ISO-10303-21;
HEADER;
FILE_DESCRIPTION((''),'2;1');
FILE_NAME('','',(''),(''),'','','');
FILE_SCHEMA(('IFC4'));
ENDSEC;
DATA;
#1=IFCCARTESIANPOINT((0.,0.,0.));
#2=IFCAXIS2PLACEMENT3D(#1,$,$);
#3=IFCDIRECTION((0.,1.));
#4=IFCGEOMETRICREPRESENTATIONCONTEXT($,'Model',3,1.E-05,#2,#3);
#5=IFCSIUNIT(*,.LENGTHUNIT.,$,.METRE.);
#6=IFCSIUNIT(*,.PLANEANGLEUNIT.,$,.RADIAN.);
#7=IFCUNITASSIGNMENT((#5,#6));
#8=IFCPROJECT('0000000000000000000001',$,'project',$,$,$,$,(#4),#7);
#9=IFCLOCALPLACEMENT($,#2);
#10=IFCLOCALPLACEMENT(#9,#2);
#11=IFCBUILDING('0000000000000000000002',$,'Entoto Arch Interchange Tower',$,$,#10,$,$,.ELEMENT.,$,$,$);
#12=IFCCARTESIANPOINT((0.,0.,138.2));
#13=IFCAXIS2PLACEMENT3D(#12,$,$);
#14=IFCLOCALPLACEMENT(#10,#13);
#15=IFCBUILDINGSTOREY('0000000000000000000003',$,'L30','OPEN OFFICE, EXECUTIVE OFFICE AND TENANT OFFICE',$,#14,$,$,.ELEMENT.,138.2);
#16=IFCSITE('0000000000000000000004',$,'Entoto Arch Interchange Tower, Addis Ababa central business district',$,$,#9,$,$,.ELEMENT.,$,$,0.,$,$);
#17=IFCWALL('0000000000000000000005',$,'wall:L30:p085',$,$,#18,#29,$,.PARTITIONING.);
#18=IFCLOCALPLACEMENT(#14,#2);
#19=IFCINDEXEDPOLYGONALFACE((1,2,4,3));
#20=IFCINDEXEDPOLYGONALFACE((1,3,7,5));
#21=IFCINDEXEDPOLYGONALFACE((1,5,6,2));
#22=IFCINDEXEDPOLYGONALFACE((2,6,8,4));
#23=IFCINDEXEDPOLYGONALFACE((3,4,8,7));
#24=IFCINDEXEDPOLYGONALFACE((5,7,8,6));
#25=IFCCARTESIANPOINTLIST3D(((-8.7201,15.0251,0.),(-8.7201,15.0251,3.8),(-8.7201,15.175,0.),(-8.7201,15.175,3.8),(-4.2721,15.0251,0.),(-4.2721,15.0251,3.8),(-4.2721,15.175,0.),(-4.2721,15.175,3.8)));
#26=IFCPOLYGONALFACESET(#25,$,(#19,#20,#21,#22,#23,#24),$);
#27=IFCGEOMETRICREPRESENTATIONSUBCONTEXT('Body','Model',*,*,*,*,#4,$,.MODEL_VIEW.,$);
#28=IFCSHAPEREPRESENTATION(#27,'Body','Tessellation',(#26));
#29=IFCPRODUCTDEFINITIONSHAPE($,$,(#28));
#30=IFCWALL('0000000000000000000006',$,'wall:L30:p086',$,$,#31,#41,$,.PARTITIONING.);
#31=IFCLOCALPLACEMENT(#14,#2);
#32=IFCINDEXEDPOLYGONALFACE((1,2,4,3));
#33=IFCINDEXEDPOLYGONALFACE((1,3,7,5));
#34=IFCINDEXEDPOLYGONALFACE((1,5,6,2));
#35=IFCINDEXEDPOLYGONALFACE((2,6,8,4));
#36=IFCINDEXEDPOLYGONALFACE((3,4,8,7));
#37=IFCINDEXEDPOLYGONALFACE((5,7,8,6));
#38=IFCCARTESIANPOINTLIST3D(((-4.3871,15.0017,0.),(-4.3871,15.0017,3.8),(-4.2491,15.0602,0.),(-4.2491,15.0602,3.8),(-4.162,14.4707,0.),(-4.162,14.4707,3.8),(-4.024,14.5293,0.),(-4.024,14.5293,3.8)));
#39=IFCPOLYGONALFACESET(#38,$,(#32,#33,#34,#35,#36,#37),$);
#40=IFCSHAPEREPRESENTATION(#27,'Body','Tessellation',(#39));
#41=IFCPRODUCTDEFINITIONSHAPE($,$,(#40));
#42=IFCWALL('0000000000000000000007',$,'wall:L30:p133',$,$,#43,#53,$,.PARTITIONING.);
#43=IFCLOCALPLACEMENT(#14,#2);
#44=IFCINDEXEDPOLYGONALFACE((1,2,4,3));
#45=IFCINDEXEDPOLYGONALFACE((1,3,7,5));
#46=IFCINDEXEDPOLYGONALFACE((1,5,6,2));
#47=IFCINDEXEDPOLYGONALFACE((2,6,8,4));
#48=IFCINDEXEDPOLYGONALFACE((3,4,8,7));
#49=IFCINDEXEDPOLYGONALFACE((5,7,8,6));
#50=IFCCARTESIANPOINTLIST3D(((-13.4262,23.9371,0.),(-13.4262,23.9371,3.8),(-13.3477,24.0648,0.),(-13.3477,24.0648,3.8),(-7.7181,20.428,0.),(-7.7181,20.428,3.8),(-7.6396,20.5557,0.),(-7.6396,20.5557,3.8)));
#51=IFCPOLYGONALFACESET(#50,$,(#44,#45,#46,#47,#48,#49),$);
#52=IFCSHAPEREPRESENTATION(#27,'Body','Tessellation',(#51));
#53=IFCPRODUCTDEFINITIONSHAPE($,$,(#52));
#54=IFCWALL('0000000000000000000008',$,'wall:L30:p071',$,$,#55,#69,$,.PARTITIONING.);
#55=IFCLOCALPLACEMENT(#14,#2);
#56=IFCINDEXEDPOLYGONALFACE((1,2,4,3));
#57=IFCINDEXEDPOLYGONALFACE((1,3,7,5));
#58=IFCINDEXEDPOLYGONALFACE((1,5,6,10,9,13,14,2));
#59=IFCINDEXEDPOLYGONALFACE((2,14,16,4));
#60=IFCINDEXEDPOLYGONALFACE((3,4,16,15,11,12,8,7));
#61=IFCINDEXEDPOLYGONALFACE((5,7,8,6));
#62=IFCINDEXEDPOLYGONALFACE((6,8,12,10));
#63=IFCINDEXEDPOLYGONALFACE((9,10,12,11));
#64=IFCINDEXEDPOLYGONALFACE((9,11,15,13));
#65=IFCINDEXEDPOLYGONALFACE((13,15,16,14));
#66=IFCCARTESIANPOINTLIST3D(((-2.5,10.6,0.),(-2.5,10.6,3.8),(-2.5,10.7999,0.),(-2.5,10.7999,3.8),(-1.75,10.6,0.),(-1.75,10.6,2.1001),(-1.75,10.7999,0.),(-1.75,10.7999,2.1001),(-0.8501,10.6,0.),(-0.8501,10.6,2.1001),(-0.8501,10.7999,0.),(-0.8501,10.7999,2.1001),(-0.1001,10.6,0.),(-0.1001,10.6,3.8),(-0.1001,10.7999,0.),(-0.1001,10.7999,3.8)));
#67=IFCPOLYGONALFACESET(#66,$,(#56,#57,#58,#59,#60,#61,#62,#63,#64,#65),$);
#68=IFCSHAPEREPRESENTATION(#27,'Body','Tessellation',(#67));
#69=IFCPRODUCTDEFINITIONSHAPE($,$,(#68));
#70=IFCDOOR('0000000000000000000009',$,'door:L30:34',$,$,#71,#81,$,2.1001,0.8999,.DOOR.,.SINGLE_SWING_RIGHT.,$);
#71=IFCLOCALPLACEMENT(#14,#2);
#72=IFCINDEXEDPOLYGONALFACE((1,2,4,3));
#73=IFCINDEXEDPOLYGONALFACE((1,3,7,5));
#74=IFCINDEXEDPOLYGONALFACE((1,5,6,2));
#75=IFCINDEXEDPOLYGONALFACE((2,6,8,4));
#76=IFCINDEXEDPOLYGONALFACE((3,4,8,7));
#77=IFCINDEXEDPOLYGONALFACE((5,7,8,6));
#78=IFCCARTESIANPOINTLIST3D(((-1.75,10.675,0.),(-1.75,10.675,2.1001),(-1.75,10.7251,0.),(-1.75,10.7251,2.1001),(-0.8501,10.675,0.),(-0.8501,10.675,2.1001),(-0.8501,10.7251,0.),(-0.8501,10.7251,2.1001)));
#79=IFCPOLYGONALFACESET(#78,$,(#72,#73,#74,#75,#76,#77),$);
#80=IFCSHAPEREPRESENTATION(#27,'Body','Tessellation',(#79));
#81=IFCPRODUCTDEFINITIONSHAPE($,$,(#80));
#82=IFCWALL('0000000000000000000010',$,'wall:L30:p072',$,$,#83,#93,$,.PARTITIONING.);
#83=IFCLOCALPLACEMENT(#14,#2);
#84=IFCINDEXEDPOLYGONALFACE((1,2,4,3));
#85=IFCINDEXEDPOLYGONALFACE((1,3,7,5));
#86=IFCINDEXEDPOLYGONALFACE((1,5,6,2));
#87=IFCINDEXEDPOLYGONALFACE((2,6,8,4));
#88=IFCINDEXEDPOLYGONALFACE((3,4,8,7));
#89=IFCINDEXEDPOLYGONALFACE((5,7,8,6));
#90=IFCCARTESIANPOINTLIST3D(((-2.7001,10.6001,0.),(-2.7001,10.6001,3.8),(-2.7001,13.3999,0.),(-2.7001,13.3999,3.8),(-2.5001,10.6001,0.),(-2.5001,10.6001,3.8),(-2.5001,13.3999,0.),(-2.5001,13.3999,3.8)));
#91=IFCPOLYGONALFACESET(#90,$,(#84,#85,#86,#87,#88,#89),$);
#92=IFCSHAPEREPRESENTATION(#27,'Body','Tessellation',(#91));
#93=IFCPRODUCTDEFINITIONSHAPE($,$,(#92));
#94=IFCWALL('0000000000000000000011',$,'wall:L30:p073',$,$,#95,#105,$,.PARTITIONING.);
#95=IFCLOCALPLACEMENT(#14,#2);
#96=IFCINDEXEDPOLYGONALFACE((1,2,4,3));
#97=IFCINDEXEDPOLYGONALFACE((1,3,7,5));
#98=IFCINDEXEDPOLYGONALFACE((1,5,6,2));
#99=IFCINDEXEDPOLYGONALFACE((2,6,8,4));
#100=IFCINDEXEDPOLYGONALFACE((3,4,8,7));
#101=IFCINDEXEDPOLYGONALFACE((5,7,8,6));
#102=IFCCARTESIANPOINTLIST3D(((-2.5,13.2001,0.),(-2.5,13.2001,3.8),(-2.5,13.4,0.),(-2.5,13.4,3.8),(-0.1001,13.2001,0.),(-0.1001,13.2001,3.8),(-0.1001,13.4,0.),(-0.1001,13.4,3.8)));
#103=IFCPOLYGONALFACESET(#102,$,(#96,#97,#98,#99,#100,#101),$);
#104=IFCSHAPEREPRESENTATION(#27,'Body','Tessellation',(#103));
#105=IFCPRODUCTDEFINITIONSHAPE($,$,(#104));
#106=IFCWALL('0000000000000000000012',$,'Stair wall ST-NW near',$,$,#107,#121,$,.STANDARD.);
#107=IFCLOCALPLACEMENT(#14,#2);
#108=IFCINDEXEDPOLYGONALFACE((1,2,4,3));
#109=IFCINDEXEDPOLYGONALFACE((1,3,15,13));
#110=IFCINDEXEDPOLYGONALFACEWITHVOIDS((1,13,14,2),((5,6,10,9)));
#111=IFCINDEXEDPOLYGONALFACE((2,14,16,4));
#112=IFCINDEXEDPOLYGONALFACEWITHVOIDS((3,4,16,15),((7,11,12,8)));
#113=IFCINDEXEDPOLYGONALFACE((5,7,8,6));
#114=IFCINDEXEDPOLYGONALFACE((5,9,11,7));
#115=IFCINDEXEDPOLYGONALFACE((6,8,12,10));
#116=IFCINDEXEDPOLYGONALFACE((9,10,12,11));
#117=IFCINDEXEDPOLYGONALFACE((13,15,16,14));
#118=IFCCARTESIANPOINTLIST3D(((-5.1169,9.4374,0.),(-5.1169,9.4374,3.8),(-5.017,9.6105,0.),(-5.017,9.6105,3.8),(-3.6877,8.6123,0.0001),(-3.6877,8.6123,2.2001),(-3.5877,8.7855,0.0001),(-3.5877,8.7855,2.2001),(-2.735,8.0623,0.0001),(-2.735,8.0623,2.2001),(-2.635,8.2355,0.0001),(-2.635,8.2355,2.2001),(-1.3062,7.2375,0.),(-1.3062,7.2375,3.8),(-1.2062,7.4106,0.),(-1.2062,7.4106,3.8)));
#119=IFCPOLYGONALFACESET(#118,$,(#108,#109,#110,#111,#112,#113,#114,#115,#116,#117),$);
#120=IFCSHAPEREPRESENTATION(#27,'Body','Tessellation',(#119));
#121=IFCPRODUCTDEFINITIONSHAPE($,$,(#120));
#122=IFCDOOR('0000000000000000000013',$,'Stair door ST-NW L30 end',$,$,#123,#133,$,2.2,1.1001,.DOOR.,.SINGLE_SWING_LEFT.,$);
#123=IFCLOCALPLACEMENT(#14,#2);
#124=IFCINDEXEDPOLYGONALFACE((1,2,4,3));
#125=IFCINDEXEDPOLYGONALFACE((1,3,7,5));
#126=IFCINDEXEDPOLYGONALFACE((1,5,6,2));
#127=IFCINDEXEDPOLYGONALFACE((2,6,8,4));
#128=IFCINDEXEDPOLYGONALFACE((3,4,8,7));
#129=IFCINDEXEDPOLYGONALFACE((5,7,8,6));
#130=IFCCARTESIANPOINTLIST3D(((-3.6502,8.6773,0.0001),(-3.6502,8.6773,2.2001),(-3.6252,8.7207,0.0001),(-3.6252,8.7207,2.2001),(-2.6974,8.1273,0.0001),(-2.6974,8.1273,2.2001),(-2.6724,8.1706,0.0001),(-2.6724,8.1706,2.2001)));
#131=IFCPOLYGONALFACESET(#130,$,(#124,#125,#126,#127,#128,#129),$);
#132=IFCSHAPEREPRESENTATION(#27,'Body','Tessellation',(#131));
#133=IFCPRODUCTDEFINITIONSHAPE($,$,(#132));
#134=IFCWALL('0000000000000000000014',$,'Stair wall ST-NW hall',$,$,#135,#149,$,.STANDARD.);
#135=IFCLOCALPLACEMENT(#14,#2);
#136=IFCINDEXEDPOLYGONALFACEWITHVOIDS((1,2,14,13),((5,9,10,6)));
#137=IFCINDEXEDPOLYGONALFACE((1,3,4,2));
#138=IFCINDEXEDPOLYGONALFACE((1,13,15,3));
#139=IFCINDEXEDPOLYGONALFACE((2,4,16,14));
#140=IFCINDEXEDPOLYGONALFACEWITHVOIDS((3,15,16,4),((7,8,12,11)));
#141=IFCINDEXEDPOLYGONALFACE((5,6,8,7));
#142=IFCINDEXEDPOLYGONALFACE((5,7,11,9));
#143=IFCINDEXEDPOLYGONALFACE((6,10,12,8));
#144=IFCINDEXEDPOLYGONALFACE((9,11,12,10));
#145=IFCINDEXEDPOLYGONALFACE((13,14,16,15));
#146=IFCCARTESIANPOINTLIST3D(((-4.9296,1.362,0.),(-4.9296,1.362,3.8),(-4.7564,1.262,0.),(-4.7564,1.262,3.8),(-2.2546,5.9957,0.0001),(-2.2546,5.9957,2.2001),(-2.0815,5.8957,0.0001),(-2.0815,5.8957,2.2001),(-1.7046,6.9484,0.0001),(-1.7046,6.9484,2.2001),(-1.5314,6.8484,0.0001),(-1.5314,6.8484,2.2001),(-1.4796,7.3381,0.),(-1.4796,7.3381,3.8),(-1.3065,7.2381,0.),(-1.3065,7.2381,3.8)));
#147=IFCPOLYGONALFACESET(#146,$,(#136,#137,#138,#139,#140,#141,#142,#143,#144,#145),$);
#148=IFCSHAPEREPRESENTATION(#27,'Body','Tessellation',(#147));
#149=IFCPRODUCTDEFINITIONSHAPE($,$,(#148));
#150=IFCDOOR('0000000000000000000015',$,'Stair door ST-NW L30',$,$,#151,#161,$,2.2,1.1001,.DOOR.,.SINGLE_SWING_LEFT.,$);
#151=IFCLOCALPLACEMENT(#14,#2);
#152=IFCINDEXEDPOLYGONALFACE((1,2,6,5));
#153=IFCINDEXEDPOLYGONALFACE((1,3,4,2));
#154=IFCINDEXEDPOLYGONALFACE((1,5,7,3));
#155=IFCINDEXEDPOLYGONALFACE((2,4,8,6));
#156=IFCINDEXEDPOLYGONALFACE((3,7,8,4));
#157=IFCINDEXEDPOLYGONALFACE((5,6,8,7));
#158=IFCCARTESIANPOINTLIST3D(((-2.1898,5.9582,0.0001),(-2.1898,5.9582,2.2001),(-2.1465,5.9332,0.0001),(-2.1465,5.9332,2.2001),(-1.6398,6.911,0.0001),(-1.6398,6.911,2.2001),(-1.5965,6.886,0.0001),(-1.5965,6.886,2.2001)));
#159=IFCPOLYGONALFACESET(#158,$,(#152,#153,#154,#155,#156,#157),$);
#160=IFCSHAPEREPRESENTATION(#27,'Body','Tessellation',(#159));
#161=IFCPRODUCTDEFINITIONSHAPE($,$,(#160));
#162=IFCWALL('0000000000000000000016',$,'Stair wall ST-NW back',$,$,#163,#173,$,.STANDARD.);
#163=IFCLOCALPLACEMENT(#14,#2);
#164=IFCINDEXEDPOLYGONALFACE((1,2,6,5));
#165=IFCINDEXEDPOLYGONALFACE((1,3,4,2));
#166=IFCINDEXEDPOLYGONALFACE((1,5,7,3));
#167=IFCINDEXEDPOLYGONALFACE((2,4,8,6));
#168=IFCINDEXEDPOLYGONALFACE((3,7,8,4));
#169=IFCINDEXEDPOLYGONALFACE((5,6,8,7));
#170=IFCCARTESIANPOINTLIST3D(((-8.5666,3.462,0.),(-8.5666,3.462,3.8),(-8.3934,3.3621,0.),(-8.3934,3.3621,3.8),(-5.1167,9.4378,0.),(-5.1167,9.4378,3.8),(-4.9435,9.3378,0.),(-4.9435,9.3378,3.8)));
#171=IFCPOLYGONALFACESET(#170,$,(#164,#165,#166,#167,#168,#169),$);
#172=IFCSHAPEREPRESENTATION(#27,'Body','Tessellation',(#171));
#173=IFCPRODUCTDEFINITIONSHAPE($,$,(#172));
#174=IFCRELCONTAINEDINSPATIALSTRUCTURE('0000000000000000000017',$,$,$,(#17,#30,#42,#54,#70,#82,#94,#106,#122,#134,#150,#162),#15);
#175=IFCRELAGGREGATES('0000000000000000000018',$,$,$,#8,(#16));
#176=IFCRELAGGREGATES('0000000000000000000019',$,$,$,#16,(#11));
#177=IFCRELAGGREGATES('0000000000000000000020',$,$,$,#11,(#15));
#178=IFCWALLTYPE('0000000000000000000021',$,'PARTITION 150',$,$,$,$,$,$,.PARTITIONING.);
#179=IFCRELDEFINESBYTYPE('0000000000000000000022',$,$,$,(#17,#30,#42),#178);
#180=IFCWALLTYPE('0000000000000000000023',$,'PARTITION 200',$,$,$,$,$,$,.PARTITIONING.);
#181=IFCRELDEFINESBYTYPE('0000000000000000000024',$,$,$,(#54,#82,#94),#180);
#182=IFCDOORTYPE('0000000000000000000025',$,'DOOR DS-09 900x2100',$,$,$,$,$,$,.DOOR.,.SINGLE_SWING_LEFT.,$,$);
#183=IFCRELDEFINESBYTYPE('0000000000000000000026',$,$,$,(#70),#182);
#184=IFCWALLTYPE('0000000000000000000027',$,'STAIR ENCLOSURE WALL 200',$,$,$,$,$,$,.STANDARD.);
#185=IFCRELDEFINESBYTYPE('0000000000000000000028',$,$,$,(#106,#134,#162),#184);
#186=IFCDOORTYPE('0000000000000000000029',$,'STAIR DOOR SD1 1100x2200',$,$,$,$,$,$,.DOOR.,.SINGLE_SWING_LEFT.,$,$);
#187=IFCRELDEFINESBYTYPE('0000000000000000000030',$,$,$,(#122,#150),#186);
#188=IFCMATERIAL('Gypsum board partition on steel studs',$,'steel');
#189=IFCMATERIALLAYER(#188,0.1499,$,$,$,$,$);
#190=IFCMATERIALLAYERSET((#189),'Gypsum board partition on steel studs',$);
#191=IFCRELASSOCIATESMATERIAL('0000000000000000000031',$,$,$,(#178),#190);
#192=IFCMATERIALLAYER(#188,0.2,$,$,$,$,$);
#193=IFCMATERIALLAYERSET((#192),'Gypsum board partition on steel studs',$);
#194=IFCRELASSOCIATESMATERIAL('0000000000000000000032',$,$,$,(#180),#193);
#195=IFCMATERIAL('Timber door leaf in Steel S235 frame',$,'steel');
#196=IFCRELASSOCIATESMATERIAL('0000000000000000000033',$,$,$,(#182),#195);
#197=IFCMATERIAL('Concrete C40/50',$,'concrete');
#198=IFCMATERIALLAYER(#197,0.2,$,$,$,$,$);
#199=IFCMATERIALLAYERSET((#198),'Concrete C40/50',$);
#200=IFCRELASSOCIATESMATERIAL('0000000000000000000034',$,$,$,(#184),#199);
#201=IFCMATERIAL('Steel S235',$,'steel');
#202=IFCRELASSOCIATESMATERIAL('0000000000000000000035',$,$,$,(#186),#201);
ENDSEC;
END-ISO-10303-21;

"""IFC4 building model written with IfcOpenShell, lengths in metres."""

from ifc_helpers import new_model, si_unit, direction, frame, frame_2d, origin, place, context, subcontext, project, spatial, rectangle, extrude, material, layer, layer_set, type_object, element, fill, save


model = new_model("IFC4")

# Units and contexts
model_context = context("Model", 3, precision=1e-05, world=origin(), true_north=direction((0.0, 1.0)))
body_context = subcontext(model_context, "Body", "Model", "MODEL_VIEW")
ifc_project = project(units=[si_unit("LENGTHUNIT", "METRE"), si_unit("PLANEANGLEUNIT", "RADIAN")], contexts=[model_context])

# Site, building, storey
site_placement = place(None, origin())
site = spatial("IfcSite", under=ifc_project, at=site_placement, Name="Entoto Arch Interchange Tower, Addis Ababa central business district", CompositionType="ELEMENT", RefElevation=0.0)
building_placement = place(site_placement, origin())
building = spatial("IfcBuilding", under=site, at=building_placement, Name="Entoto Arch Interchange Tower", CompositionType="ELEMENT")
storey_placement = place(building_placement, frame((0.0, 0.0, 138.2)))
storey = spatial("IfcBuildingStorey", under=building, at=storey_placement, Name="L30", Description="OPEN OFFICE, EXECUTIVE OFFICE AND TENANT OFFICE", CompositionType="ELEMENT", Elevation=138.2)

# Walls
ifc_material_1 = material(Name="Gypsum board partition on steel studs", Category="steel")
ifc_layer_1 = layer(ifc_material_1, 0.1499)
ifc_layer_set_1 = layer_set([ifc_layer_1], Name="Gypsum board partition on steel studs")
wall_type_1 = type_object("IfcWallType", Name="PARTITION 150", PredefinedType="PARTITIONING", material=ifc_layer_set_1)
wall_1_placement = place(storey_placement, frame((-4.272, 15.1001, 0.0), z_axis=(0.0, 0.0, 1.0), x_axis=(-1.0, 0.0, 0.0)))
element("IfcWall", 1, at=wall_1_placement, inside=storey, type_object=wall_type_1, Name="wall:L30:p085", PredefinedType="PARTITIONING", context=body_context, shape_type="SweptSolid", body=[
    extrude(rectangle(XDim=4.448, YDim=0.1499, at=frame_2d((2.2241, 0.0))), origin(), (0.0, 0.0, 1.0), 3.8),
])
wall_2_placement = place(storey_placement, frame((-4.093, 14.5, 0.0), z_axis=(0.0, 0.0, 1.0), x_axis=(-0.390289, 0.920692, 0.0)))
element("IfcWall", 2, at=wall_2_placement, inside=storey, type_object=wall_type_1, Name="wall:L30:p086", PredefinedType="PARTITIONING", context=body_context, shape_type="SweptSolid", body=[
    extrude(rectangle(XDim=0.5767, YDim=0.1499, at=frame_2d((0.2883, 0.0))), origin(), (0.0, 0.0, 1.0), 3.8),
])
wall_3_placement = place(storey_placement, frame((-7.679, 20.4919, 0.0), z_axis=(0.0, 0.0, 1.0), x_axis=(-0.851897, 0.523709, 0.0)))
element("IfcWall", 3, at=wall_3_placement, inside=storey, type_object=wall_type_1, Name="wall:L30:p133", PredefinedType="PARTITIONING", context=body_context, shape_type="SweptSolid", body=[
    extrude(rectangle(XDim=6.7004, YDim=0.1499, at=frame_2d((3.3501, 0.0))), origin(), (0.0, 0.0, 1.0), 3.8),
])

# Wall, opening, door
ifc_layer_2 = layer(ifc_material_1, 0.2)
ifc_layer_set_2 = layer_set([ifc_layer_2], Name="Gypsum board partition on steel studs")
wall_type_2 = type_object("IfcWallType", Name="PARTITION 200", PredefinedType="PARTITIONING", material=ifc_layer_set_2)
wall_4_placement = place(storey_placement, frame((-0.1001, 10.7, 0.0), z_axis=(0.0, 0.0, 1.0), x_axis=(-1.0, 0.0, 0.0)))
wall_4 = element("IfcWall", 4, at=wall_4_placement, inside=storey, type_object=wall_type_2, Name="wall:L30:p071", PredefinedType="PARTITIONING", context=body_context, shape_type="SweptSolid", body=[
    extrude(rectangle(XDim=2.3999, YDim=0.2, at=frame_2d((1.2, 0.0))), origin(), (0.0, 0.0, 1.0), 3.8),
])
opening_1_placement = place(wall_4_placement, frame((0.75, 0.0, 0.0)))
opening_1 = element("IfcOpeningElement", 5, at=opening_1_placement, cuts=wall_4, PredefinedType="OPENING", context=body_context, shape_type="SweptSolid", body=[
    extrude(rectangle(XDim=0.8999, YDim=2.1001, at=frame_2d((0.45, 1.05))), frame((0.0, 0.1099, 0.0), z_axis=(0.0, -1.0, 0.0), x_axis=(1.0, 0.0, 0.0)), (0.0, 0.0, 1.0), 0.22),
])
ifc_material_2 = material(Name="Timber door leaf in Steel S235 frame", Category="steel")
door_type_1 = type_object("IfcDoorType", Name="DOOR DS-09 900x2100", OperationType="SINGLE_SWING_LEFT", PredefinedType="DOOR", material=ifc_material_2)
door_1_placement = place(opening_1_placement, origin())
door_1 = element("IfcDoor", 6, at=door_1_placement, inside=storey, type_object=door_type_1, Name="door:L30:34", OperationType="SINGLE_SWING_RIGHT", OverallHeight=2.1001, OverallWidth=0.8999, PredefinedType="DOOR", context=body_context, shape_type="SweptSolid", body=[
    extrude(rectangle(XDim=0.8999, YDim=2.1001, at=frame_2d((0.45, 1.05))), frame((0.0, 0.0249, 0.0), z_axis=(0.0, -1.0, 0.0), x_axis=(1.0, 0.0, 0.0)), (0.0, 0.0, 1.0), 0.05),
])
fill(opening_1, door_1)

# Walls
wall_5_placement = place(storey_placement, frame((-2.6001, 10.6001, 0.0), z_axis=(0.0, 0.0, 1.0), x_axis=(0.0, 1.0, 0.0)))
element("IfcWall", 7, at=wall_5_placement, inside=storey, type_object=wall_type_2, Name="wall:L30:p072", PredefinedType="PARTITIONING", context=body_context, shape_type="SweptSolid", body=[
    extrude(rectangle(XDim=2.7998, YDim=0.2, at=frame_2d((1.3999, 0.0))), origin(), (0.0, 0.0, 1.0), 3.8),
])
wall_6_placement = place(storey_placement, frame((-2.5, 13.3, 0.0), z_axis=(0.0, 0.0, 1.0), x_axis=(1.0, 0.0, 0.0)))
element("IfcWall", 8, at=wall_6_placement, inside=storey, type_object=wall_type_2, Name="wall:L30:p073", PredefinedType="PARTITIONING", context=body_context, shape_type="SweptSolid", body=[
    extrude(rectangle(XDim=2.3999, YDim=0.2, at=frame_2d((1.2, 0.0))), origin(), (0.0, 0.0, 1.0), 3.8),
])

# Walls, openings, doors
ifc_material_3 = material(Name="Concrete C40/50", Category="concrete")
ifc_layer_3 = layer(ifc_material_3, 0.2)
ifc_layer_set_3 = layer_set([ifc_layer_3], Name="Concrete C40/50")
wall_type_3 = type_object("IfcWallType", Name="STAIR ENCLOSURE WALL 200", PredefinedType="STANDARD", material=ifc_layer_set_3)
wall_7_placement = place(storey_placement, frame((-1.2561, 7.324, 0.0), z_axis=(0.0, 0.0, 1.0), x_axis=(-0.866046, 0.499964, 0.0)))
wall_7 = element("IfcWall", 9, at=wall_7_placement, inside=storey, type_object=wall_type_3, Name="Stair wall ST-NW near", PredefinedType="STANDARD", context=body_context, shape_type="SweptSolid", body=[
    extrude(rectangle(XDim=4.4001, YDim=0.2, at=frame_2d((2.2002, 0.0))), origin(), (0.0, 0.0, 1.0), 3.8),
])
opening_2_placement = place(wall_7_placement, frame((1.6499, 0.0, 0.0)))
opening_2 = element("IfcOpeningElement", 10, at=opening_2_placement, cuts=wall_7, PredefinedType="OPENING", context=body_context, shape_type="SweptSolid", body=[
    extrude(rectangle(XDim=1.1001, YDim=2.2, at=frame_2d((0.55, 1.1001))), frame((0.0, 0.1099, 0.0), z_axis=(0.0, -1.0, 0.0), x_axis=(1.0, 0.0, 0.0)), (0.0, 0.0, 1.0), 0.22),
])
ifc_material_4 = material(Name="Steel S235", Category="steel")
door_type_2 = type_object("IfcDoorType", Name="STAIR DOOR SD1 1100x2200", OperationType="SINGLE_SWING_LEFT", PredefinedType="DOOR", material=ifc_material_4)
door_2_placement = place(opening_2_placement, origin())
door_2 = element("IfcDoor", 11, at=door_2_placement, inside=storey, type_object=door_type_2, Name="Stair door ST-NW L30 end", OperationType="SINGLE_SWING_LEFT", OverallHeight=2.2, OverallWidth=1.1001, PredefinedType="DOOR", context=body_context, shape_type="SweptSolid", body=[
    extrude(rectangle(XDim=1.1001, YDim=2.2, at=frame_2d((0.55, 1.1001))), frame((0.0, 0.0249, 0.0), z_axis=(0.0, -1.0, 0.0), x_axis=(1.0, 0.0, 0.0)), (0.0, 0.0, 1.0), 0.05),
])
fill(opening_2, door_2)
wall_8_placement = place(storey_placement, frame((-1.3931, 7.2881, 0.0), z_axis=(0.0, 0.0, 1.0), x_axis=(-0.499963, -0.866047, 0.0)))
wall_8 = element("IfcWall", 12, at=wall_8_placement, inside=storey, type_object=wall_type_3, Name="Stair wall ST-NW hall", PredefinedType="STANDARD", context=body_context, shape_type="SweptSolid", body=[
    extrude(rectangle(XDim=6.9004, YDim=0.2, at=frame_2d((3.4502, 0.0))), origin(), (0.0, 0.0, 1.0), 3.8),
])
opening_3_placement = place(wall_8_placement, frame((0.45, 0.0, 0.0)))
opening_3 = element("IfcOpeningElement", 13, at=opening_3_placement, cuts=wall_8, PredefinedType="OPENING", context=body_context, shape_type="SweptSolid", body=[
    extrude(rectangle(XDim=1.1001, YDim=2.2, at=frame_2d((0.55, 1.1001))), frame((0.0, 0.1099, 0.0), z_axis=(0.0, -1.0, 0.0), x_axis=(1.0, 0.0, 0.0)), (0.0, 0.0, 1.0), 0.22),
])
door_3_placement = place(opening_3_placement, origin())
door_3 = element("IfcDoor", 14, at=door_3_placement, inside=storey, type_object=door_type_2, Name="Stair door ST-NW L30", OperationType="SINGLE_SWING_LEFT", OverallHeight=2.2, OverallWidth=1.1001, PredefinedType="DOOR", context=body_context, shape_type="SweptSolid", body=[
    extrude(rectangle(XDim=1.1001, YDim=2.2, at=frame_2d((0.55, 1.1001))), frame((0.0, 0.0249, 0.0), z_axis=(0.0, -1.0, 0.0), x_axis=(1.0, 0.0, 0.0)), (0.0, 0.0, 1.0), 0.05),
])
fill(opening_3, door_3)

# Wall
wall_9_placement = place(storey_placement, frame((-5.03, 9.3879, 0.0), z_axis=(0.0, 0.0, 1.0), x_axis=(-0.499979, -0.866038, 0.0)))
element("IfcWall", 15, at=wall_9_placement, inside=storey, type_object=wall_type_3, Name="Stair wall ST-NW back", PredefinedType="STANDARD", context=body_context, shape_type="SweptSolid", body=[
    extrude(rectangle(XDim=6.9001, YDim=0.2, at=frame_2d((3.4502, 0.0))), origin(), (0.0, 0.0, 1.0), 3.8),
])

save(model, "model.ifc")
